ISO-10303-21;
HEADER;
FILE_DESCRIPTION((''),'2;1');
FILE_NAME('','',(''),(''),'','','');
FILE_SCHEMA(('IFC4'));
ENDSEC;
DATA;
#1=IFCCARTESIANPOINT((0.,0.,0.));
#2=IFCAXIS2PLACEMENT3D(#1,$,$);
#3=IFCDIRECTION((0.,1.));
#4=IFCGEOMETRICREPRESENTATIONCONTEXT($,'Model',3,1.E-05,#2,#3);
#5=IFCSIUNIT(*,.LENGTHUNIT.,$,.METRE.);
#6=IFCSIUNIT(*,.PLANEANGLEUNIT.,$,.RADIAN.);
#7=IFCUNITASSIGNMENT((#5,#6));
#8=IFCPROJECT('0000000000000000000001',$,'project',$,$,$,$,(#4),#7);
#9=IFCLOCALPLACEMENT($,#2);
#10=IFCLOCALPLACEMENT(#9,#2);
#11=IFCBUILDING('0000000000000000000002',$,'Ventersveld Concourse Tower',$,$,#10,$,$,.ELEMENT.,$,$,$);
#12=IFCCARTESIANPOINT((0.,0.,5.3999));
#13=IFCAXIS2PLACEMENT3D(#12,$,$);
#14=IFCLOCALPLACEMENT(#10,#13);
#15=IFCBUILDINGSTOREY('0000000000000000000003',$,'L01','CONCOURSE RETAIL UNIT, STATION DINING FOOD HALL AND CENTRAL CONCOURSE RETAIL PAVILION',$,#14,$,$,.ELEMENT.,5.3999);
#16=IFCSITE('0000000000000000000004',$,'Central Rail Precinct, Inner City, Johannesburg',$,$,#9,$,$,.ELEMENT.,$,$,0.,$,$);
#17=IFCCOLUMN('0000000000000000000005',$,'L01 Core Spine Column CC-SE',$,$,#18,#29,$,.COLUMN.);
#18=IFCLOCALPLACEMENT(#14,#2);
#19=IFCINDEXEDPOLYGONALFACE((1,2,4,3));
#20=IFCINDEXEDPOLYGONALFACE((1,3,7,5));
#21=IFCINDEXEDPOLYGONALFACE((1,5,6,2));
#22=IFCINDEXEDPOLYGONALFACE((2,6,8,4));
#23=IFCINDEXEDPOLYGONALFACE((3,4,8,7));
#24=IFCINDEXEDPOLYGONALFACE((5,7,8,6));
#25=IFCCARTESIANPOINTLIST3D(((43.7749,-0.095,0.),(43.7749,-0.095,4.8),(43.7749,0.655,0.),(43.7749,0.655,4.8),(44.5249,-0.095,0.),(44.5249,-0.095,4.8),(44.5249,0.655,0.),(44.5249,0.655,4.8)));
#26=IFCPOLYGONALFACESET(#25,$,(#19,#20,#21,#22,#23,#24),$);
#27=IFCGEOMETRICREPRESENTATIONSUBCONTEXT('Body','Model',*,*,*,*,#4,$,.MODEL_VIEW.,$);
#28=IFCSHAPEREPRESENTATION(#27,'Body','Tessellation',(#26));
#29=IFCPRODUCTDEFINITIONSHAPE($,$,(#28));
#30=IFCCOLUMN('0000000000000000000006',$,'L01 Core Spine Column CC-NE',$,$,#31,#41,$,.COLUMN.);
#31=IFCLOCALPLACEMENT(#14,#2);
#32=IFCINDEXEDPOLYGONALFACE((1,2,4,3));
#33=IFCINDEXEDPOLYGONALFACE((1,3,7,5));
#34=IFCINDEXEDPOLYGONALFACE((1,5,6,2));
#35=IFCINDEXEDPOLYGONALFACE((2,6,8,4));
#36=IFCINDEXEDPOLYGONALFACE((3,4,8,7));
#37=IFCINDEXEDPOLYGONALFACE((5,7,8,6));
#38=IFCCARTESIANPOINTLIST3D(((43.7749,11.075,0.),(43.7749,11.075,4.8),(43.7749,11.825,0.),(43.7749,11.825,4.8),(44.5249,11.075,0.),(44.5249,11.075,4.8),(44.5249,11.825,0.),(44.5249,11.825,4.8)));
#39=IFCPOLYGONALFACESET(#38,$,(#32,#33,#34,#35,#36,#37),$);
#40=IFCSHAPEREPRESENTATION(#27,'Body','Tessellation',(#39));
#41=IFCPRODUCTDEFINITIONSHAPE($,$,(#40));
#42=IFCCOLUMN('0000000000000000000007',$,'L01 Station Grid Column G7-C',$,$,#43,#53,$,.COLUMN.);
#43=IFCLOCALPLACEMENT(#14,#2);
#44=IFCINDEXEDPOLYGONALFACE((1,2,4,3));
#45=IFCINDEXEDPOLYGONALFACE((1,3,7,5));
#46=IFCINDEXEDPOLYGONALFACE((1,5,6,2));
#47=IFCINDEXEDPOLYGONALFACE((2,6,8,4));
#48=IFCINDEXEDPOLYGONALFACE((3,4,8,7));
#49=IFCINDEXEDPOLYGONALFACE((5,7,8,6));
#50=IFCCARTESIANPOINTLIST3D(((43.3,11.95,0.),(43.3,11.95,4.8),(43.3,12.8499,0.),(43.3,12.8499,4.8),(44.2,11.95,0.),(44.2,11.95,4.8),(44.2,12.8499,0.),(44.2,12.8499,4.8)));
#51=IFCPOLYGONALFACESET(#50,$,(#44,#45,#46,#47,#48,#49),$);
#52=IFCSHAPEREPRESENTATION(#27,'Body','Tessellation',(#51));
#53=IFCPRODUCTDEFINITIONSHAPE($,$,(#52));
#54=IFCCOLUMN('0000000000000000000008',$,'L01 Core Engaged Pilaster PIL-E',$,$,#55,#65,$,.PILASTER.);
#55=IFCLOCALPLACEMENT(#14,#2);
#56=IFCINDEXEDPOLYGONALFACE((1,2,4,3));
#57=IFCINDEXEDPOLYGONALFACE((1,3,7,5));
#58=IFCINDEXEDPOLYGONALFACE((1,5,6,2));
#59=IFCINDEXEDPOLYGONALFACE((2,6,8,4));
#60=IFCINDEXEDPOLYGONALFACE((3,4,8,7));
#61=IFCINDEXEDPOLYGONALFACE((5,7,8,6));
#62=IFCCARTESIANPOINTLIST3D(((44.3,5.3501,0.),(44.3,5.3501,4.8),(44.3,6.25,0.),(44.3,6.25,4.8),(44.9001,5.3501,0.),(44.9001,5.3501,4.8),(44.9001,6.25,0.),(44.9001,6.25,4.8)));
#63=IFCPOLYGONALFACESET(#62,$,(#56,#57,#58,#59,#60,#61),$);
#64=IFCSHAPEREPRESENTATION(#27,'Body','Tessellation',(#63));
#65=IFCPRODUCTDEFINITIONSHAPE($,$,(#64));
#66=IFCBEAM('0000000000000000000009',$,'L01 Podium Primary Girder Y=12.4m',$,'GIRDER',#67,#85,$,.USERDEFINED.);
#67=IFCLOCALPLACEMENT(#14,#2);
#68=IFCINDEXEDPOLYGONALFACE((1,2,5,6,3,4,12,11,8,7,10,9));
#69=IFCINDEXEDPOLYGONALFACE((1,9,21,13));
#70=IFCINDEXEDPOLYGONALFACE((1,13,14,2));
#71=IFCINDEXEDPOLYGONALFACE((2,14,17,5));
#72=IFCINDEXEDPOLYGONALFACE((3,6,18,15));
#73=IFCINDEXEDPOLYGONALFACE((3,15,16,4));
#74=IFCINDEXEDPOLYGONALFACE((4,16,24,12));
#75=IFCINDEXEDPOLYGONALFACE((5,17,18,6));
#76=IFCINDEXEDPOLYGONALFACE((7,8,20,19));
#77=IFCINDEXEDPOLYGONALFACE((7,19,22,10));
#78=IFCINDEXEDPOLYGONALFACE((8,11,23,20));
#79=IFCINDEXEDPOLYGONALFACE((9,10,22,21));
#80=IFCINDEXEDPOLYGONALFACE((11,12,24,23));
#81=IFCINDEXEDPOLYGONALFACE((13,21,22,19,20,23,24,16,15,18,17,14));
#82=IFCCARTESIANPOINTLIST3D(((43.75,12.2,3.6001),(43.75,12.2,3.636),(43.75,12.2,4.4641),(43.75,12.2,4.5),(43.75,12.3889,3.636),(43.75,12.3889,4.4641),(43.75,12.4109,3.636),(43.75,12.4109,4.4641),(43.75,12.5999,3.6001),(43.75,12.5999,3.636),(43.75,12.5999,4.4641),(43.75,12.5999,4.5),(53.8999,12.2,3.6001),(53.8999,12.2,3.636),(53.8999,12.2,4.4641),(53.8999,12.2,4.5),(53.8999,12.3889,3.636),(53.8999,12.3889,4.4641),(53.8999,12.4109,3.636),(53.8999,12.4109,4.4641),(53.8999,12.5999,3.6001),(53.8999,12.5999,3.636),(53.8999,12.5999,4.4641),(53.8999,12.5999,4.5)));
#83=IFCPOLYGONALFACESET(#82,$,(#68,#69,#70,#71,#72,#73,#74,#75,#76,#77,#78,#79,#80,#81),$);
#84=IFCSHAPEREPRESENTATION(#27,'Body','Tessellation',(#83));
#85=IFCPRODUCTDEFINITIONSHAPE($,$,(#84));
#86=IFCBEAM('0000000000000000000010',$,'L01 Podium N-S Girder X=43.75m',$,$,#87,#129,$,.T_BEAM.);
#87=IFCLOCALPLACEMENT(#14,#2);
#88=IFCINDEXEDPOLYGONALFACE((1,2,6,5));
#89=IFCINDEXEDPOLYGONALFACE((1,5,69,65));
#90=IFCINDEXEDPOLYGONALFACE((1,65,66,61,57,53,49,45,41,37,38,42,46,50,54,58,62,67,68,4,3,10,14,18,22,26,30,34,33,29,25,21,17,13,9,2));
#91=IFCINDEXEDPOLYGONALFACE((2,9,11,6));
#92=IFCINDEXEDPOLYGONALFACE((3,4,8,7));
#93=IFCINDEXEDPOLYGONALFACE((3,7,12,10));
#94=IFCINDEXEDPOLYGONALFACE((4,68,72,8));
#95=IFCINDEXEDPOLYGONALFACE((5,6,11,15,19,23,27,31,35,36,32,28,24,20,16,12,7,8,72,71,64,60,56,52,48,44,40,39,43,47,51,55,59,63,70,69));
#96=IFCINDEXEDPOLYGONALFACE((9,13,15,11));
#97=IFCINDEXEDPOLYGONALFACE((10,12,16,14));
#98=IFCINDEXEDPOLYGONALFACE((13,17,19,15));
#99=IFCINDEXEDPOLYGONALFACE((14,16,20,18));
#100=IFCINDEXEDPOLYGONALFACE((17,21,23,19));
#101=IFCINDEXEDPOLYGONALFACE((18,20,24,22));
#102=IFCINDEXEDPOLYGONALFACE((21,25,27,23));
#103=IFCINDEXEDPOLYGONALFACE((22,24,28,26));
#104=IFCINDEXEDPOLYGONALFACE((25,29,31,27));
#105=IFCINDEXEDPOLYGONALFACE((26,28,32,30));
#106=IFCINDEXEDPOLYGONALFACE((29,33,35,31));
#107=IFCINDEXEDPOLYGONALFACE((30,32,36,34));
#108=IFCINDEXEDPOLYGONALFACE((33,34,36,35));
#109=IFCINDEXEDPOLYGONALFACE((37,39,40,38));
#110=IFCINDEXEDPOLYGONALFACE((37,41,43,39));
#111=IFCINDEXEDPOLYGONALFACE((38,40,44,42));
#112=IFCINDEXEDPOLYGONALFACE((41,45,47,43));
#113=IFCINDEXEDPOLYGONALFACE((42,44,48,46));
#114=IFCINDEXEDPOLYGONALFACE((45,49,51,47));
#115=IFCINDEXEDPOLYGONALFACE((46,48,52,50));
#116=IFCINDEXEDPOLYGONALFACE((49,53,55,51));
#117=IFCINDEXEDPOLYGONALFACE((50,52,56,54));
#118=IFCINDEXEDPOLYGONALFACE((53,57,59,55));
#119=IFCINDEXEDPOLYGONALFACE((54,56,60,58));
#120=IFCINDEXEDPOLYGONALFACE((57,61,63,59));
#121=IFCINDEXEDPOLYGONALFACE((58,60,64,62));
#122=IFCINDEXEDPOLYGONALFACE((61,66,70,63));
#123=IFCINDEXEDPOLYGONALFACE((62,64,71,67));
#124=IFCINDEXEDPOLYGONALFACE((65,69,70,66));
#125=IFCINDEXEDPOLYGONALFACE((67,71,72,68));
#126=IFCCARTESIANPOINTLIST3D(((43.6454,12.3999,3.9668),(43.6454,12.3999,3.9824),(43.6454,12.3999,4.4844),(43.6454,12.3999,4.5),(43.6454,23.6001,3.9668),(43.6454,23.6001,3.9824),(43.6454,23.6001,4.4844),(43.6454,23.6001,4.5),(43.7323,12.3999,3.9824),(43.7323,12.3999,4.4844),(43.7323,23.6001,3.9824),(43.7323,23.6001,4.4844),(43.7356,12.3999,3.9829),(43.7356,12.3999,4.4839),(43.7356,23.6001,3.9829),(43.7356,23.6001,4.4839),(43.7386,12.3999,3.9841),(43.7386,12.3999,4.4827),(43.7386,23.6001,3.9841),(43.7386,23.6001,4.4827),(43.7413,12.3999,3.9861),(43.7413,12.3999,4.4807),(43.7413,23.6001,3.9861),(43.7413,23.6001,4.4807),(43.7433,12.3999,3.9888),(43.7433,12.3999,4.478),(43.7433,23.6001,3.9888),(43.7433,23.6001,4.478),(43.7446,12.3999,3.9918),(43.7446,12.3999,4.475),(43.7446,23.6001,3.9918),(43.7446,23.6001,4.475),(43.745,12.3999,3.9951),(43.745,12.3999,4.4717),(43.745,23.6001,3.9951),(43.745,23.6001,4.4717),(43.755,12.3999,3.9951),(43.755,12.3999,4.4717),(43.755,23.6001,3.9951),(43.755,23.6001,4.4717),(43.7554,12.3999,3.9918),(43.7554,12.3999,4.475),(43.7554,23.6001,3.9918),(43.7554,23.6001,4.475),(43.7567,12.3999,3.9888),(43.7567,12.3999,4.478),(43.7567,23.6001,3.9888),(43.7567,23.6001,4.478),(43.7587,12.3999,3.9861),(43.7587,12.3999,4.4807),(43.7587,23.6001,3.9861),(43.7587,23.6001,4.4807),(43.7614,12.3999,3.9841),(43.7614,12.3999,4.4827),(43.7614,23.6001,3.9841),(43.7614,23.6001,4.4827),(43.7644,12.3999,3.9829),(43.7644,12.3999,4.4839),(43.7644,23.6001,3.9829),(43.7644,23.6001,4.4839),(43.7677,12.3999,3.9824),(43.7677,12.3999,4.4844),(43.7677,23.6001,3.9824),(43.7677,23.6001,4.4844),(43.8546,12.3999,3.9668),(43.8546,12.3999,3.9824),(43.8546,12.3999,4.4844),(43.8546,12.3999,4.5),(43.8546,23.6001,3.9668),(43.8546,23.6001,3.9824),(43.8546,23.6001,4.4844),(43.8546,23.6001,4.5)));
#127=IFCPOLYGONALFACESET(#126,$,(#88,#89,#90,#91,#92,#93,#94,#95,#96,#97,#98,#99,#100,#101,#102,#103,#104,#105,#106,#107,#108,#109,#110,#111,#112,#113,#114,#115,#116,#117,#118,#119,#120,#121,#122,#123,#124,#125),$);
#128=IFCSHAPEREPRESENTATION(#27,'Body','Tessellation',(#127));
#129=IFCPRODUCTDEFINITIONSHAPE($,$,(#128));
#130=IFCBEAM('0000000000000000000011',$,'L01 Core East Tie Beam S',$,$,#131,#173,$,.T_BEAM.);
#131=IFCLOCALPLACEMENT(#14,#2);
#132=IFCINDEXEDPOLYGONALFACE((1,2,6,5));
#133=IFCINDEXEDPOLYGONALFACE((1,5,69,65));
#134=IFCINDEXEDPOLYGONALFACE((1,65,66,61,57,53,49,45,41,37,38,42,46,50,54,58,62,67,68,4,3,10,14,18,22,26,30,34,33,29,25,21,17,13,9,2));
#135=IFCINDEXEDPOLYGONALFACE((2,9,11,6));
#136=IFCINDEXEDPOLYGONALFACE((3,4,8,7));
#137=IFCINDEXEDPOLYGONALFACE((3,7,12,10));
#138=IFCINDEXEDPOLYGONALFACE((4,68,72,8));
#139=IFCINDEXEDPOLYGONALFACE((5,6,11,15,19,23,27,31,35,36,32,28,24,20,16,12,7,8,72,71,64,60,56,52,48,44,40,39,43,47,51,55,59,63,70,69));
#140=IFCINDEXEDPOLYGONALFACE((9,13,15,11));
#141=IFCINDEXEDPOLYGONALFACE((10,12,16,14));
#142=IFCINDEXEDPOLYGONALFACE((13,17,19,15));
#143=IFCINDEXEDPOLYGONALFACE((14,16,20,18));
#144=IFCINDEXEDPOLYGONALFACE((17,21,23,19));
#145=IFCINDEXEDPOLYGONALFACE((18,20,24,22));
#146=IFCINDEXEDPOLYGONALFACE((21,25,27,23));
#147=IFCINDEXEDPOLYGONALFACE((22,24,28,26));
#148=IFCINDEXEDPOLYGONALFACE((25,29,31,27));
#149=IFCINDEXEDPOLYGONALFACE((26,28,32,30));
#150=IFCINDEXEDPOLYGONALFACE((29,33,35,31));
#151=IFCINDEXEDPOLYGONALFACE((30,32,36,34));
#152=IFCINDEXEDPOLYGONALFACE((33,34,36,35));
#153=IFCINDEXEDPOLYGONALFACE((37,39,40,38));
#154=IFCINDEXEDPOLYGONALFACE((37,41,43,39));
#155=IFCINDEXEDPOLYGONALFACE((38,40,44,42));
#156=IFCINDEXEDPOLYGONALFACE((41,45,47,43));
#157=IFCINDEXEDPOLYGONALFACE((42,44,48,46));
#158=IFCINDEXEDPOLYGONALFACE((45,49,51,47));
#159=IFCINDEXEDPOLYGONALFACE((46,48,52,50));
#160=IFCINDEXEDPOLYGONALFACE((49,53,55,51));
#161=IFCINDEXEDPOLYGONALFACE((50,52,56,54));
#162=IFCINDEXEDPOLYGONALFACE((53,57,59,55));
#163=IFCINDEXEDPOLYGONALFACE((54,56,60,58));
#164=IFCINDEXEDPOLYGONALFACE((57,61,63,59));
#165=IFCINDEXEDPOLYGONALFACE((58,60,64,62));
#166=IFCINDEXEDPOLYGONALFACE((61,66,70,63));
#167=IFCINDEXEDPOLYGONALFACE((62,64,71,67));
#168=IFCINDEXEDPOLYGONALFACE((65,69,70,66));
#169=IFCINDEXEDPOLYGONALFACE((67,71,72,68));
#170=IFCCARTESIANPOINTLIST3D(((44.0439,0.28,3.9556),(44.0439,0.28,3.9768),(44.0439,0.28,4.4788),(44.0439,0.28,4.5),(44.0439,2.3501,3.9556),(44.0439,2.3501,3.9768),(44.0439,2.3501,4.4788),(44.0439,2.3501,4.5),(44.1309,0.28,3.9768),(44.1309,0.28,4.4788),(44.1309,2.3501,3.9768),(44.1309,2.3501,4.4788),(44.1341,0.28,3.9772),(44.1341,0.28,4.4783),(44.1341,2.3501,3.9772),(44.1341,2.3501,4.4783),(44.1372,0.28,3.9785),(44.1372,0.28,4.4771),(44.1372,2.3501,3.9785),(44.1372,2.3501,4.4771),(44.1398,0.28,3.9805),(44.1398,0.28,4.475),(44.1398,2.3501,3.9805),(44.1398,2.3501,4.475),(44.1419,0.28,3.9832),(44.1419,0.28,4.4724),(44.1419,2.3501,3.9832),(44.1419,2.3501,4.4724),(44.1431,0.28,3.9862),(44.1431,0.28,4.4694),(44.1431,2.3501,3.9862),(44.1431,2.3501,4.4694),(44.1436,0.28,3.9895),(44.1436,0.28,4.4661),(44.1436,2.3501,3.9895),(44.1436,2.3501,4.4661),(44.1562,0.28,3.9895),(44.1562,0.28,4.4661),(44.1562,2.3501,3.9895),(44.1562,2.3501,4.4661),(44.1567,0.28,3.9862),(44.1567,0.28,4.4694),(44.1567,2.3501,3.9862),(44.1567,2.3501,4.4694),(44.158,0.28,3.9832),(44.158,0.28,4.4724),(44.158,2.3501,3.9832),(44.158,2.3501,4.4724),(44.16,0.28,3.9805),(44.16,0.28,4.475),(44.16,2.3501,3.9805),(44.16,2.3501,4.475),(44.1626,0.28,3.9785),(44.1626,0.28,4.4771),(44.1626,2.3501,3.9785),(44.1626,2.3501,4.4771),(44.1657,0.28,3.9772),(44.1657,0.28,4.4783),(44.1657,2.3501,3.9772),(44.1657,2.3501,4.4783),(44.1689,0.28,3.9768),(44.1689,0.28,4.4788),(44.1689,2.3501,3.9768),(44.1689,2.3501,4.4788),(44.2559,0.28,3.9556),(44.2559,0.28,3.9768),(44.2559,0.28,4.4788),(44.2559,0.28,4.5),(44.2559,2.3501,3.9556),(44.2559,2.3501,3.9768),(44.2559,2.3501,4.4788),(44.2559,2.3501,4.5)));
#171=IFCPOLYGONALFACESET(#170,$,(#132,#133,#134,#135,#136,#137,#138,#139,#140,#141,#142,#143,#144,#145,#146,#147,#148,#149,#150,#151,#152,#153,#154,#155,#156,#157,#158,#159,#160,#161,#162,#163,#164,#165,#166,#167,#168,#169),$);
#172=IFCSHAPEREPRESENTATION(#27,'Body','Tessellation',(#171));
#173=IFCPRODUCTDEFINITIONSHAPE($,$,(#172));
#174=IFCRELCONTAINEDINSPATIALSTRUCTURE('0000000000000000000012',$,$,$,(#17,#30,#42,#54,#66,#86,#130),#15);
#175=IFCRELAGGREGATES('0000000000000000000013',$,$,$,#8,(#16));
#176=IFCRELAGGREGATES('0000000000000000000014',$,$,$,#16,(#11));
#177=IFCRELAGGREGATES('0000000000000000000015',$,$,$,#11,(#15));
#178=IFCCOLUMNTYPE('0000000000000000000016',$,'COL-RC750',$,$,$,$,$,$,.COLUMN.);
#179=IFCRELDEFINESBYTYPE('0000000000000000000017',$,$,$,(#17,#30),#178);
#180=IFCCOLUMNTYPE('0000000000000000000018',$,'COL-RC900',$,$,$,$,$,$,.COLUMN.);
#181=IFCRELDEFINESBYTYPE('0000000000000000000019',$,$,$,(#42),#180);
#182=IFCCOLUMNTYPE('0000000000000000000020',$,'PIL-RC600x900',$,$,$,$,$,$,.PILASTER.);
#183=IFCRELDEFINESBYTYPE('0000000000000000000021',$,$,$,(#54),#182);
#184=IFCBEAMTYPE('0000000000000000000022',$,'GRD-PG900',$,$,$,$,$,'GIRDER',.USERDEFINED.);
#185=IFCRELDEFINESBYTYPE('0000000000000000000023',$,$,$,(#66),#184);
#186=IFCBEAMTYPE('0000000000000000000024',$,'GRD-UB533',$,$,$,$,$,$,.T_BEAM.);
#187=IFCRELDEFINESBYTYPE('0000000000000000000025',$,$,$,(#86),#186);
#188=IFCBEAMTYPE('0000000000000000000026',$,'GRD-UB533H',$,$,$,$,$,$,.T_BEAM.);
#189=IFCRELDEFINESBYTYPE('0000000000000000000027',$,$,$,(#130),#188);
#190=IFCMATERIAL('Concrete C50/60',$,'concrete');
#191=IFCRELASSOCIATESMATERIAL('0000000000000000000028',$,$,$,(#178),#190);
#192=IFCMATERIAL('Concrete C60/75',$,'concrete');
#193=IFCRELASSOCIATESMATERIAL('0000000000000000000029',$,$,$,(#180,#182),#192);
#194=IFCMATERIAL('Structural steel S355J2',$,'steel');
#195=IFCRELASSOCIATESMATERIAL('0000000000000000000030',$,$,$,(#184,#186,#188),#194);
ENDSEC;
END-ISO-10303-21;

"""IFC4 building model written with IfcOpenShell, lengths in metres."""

from ifc_helpers import new_model, si_unit, direction, frame, origin, origin_2d, place, context, subcontext, project, spatial, rectangle, i_section, extrude, material, material_profile, profile_set, type_object, element, save


model = new_model("IFC4")

# Units and contexts
model_context = context("Model", 3, precision=1e-05, world=origin(), true_north=direction((0.0, 1.0)))
body_context = subcontext(model_context, "Body", "Model", "MODEL_VIEW")
ifc_project = project(units=[si_unit("LENGTHUNIT", "METRE"), si_unit("PLANEANGLEUNIT", "RADIAN")], contexts=[model_context])

# Site, building, storey
site_placement = place(None, origin())
site = spatial("IfcSite", under=ifc_project, at=site_placement, Name="Central Rail Precinct, Inner City, Johannesburg", CompositionType="ELEMENT", RefElevation=0.0)
building_placement = place(site_placement, origin())
building = spatial("IfcBuilding", under=site, at=building_placement, Name="Ventersveld Concourse Tower", CompositionType="ELEMENT")
storey_placement = place(building_placement, frame((0.0, 0.0, 5.3999)))
storey = spatial("IfcBuildingStorey", under=building, at=storey_placement, Name="L01", Description="CONCOURSE RETAIL UNIT, STATION DINING FOOD HALL AND CENTRAL CONCOURSE RETAIL PAVILION", CompositionType="ELEMENT", Elevation=5.3999)

# Columns
ifc_material_1 = material(Name="Concrete C50/60", Category="concrete")
ifc_material_profile_1 = material_profile(ifc_material_1, rectangle(XDim=0.75, YDim=0.75, at=origin_2d()), Name="RC 750x750")
ifc_profile_set_1 = profile_set([ifc_material_profile_1], Name="Concrete C50/60")
column_type_1 = type_object("IfcColumnType", Name="COL-RC750", PredefinedType="COLUMN", material=ifc_profile_set_1)
for number, where, z_axis, x_axis, name in (
    (1, (44.1499, 0.28, 0.0), (0.0, 0.0, 1.0), (1.0, 0.0, 0.0), "L01 Core Spine Column CC-SE"),
    (2, (44.1499, 11.45, 0.0), (0.0, 0.0, 1.0), (1.0, 0.0, 0.0), "L01 Core Spine Column CC-NE"),
):
    element("IfcColumn", number, at=place(storey_placement, frame(where, z_axis=z_axis, x_axis=x_axis)), inside=storey, type_object=column_type_1, Name=name, PredefinedType="COLUMN", context=body_context, shape_type="SweptSolid", body=[
        extrude(rectangle(XDim=0.75, YDim=0.75, at=origin_2d()), origin(), (0.0, 0.0, 1.0), 4.8),
    ])
ifc_material_2 = material(Name="Concrete C60/75", Category="concrete")
ifc_material_profile_2 = material_profile(ifc_material_2, rectangle(XDim=0.8999, YDim=0.8999, at=origin_2d()), Name="RC 900x900")
ifc_profile_set_2 = profile_set([ifc_material_profile_2], Name="Concrete C60/75")
column_type_2 = type_object("IfcColumnType", Name="COL-RC900", PredefinedType="COLUMN", material=ifc_profile_set_2)
column_1_placement = place(storey_placement, frame((43.75, 12.3999, 0.0), z_axis=(0.0, 0.0, 1.0), x_axis=(1.0, 0.0, 0.0)))
element("IfcColumn", 3, at=column_1_placement, inside=storey, type_object=column_type_2, Name="L01 Station Grid Column G7-C", PredefinedType="COLUMN", context=body_context, shape_type="SweptSolid", body=[
    extrude(rectangle(XDim=0.8999, YDim=0.8999, at=origin_2d()), origin(), (0.0, 0.0, 1.0), 4.8),
])
ifc_material_profile_3 = material_profile(ifc_material_2, rectangle(XDim=0.6001, YDim=0.8999, at=origin_2d()), Name="RC 600x900")
ifc_profile_set_3 = profile_set([ifc_material_profile_3], Name="Concrete C60/75")
column_type_3 = type_object("IfcColumnType", Name="PIL-RC600x900", PredefinedType="PILASTER", material=ifc_profile_set_3)
column_2_placement = place(storey_placement, frame((44.6001, 5.8, 0.0), z_axis=(0.0, 0.0, 1.0), x_axis=(1.0, 0.0, 0.0)))
element("IfcColumn", 4, at=column_2_placement, inside=storey, type_object=column_type_3, Name="L01 Core Engaged Pilaster PIL-E", PredefinedType="PILASTER", context=body_context, shape_type="SweptSolid", body=[
    extrude(rectangle(XDim=0.6001, YDim=0.8999, at=origin_2d()), origin(), (0.0, 0.0, 1.0), 4.8),
])

# Beams
ifc_material_3 = material(Name="Structural steel S355J2", Category="steel")
ifc_material_profile_4 = material_profile(ifc_material_3, i_section(OverallWidth=0.3999, OverallDepth=0.8999, WebThickness=0.022, FlangeThickness=0.0359, at=origin_2d()), Name="PG 900x400x36")
ifc_profile_set_4 = profile_set([ifc_material_profile_4], Name="Structural steel S355J2")
beam_type_1 = type_object("IfcBeamType", Name="GRD-PG900", ElementType="GIRDER", PredefinedType="USERDEFINED", material=ifc_profile_set_4)
beam_1_placement = place(storey_placement, frame((43.75, 12.3999, 4.05), z_axis=(1.0, 0.0, 0.0), x_axis=(0.0, 1.0, 0.0)))
element("IfcBeam", 5, at=beam_1_placement, inside=storey, type_object=beam_type_1, Name="L01 Podium Primary Girder Y=12.4m", ObjectType="GIRDER", PredefinedType="USERDEFINED", context=body_context, shape_type="SweptSolid", body=[
    extrude(i_section(OverallWidth=0.3999, OverallDepth=0.8999, WebThickness=0.022, FlangeThickness=0.0359, at=origin_2d()), origin(), (0.0, 0.0, 1.0), 10.1499),
])
ifc_material_profile_5 = material_profile(ifc_material_3, i_section(OverallWidth=0.2092, OverallDepth=0.5332, WebThickness=0.01, FlangeThickness=0.0156, FilletRadius=0.0127, at=origin_2d()), Name="UB 533x210x92")
ifc_profile_set_5 = profile_set([ifc_material_profile_5], Name="Structural steel S355J2")
beam_type_2 = type_object("IfcBeamType", Name="GRD-UB533", PredefinedType="T_BEAM", material=ifc_profile_set_5)
beam_2_placement = place(storey_placement, frame((43.75, 12.3999, 4.2334), z_axis=(0.0, 1.0, 0.0), x_axis=(-1.0, 0.0, 0.0)))
element("IfcBeam", 6, at=beam_2_placement, inside=storey, type_object=beam_type_2, Name="L01 Podium N-S Girder X=43.75m", PredefinedType="T_BEAM", context=body_context, shape_type="SweptSolid", body=[
    extrude(i_section(OverallWidth=0.2092, OverallDepth=0.5332, WebThickness=0.01, FlangeThickness=0.0156, FilletRadius=0.0127, at=origin_2d()), origin(), (0.0, 0.0, 1.0), 11.2002),
])
ifc_material_profile_6 = material_profile(ifc_material_3, i_section(OverallWidth=0.2119, OverallDepth=0.5444, WebThickness=0.0127, FlangeThickness=0.0212, FilletRadius=0.0127, at=origin_2d()), Name="UB 533x210x122")
ifc_profile_set_6 = profile_set([ifc_material_profile_6], Name="Structural steel S355J2")
beam_type_3 = type_object("IfcBeamType", Name="GRD-UB533H", PredefinedType="T_BEAM", material=ifc_profile_set_6)
beam_3_placement = place(storey_placement, frame((44.1499, 0.28, 4.2278), z_axis=(0.0, 1.0, 0.0), x_axis=(-1.0, 0.0, 0.0)))
element("IfcBeam", 7, at=beam_3_placement, inside=storey, type_object=beam_type_3, Name="L01 Core East Tie Beam S", PredefinedType="T_BEAM", context=body_context, shape_type="SweptSolid", body=[
    extrude(i_section(OverallWidth=0.2119, OverallDepth=0.5444, WebThickness=0.0127, FlangeThickness=0.0212, FilletRadius=0.0127, at=origin_2d()), origin(), (0.0, 0.0, 1.0), 2.0701),
])

save(model, "model.ifc")
